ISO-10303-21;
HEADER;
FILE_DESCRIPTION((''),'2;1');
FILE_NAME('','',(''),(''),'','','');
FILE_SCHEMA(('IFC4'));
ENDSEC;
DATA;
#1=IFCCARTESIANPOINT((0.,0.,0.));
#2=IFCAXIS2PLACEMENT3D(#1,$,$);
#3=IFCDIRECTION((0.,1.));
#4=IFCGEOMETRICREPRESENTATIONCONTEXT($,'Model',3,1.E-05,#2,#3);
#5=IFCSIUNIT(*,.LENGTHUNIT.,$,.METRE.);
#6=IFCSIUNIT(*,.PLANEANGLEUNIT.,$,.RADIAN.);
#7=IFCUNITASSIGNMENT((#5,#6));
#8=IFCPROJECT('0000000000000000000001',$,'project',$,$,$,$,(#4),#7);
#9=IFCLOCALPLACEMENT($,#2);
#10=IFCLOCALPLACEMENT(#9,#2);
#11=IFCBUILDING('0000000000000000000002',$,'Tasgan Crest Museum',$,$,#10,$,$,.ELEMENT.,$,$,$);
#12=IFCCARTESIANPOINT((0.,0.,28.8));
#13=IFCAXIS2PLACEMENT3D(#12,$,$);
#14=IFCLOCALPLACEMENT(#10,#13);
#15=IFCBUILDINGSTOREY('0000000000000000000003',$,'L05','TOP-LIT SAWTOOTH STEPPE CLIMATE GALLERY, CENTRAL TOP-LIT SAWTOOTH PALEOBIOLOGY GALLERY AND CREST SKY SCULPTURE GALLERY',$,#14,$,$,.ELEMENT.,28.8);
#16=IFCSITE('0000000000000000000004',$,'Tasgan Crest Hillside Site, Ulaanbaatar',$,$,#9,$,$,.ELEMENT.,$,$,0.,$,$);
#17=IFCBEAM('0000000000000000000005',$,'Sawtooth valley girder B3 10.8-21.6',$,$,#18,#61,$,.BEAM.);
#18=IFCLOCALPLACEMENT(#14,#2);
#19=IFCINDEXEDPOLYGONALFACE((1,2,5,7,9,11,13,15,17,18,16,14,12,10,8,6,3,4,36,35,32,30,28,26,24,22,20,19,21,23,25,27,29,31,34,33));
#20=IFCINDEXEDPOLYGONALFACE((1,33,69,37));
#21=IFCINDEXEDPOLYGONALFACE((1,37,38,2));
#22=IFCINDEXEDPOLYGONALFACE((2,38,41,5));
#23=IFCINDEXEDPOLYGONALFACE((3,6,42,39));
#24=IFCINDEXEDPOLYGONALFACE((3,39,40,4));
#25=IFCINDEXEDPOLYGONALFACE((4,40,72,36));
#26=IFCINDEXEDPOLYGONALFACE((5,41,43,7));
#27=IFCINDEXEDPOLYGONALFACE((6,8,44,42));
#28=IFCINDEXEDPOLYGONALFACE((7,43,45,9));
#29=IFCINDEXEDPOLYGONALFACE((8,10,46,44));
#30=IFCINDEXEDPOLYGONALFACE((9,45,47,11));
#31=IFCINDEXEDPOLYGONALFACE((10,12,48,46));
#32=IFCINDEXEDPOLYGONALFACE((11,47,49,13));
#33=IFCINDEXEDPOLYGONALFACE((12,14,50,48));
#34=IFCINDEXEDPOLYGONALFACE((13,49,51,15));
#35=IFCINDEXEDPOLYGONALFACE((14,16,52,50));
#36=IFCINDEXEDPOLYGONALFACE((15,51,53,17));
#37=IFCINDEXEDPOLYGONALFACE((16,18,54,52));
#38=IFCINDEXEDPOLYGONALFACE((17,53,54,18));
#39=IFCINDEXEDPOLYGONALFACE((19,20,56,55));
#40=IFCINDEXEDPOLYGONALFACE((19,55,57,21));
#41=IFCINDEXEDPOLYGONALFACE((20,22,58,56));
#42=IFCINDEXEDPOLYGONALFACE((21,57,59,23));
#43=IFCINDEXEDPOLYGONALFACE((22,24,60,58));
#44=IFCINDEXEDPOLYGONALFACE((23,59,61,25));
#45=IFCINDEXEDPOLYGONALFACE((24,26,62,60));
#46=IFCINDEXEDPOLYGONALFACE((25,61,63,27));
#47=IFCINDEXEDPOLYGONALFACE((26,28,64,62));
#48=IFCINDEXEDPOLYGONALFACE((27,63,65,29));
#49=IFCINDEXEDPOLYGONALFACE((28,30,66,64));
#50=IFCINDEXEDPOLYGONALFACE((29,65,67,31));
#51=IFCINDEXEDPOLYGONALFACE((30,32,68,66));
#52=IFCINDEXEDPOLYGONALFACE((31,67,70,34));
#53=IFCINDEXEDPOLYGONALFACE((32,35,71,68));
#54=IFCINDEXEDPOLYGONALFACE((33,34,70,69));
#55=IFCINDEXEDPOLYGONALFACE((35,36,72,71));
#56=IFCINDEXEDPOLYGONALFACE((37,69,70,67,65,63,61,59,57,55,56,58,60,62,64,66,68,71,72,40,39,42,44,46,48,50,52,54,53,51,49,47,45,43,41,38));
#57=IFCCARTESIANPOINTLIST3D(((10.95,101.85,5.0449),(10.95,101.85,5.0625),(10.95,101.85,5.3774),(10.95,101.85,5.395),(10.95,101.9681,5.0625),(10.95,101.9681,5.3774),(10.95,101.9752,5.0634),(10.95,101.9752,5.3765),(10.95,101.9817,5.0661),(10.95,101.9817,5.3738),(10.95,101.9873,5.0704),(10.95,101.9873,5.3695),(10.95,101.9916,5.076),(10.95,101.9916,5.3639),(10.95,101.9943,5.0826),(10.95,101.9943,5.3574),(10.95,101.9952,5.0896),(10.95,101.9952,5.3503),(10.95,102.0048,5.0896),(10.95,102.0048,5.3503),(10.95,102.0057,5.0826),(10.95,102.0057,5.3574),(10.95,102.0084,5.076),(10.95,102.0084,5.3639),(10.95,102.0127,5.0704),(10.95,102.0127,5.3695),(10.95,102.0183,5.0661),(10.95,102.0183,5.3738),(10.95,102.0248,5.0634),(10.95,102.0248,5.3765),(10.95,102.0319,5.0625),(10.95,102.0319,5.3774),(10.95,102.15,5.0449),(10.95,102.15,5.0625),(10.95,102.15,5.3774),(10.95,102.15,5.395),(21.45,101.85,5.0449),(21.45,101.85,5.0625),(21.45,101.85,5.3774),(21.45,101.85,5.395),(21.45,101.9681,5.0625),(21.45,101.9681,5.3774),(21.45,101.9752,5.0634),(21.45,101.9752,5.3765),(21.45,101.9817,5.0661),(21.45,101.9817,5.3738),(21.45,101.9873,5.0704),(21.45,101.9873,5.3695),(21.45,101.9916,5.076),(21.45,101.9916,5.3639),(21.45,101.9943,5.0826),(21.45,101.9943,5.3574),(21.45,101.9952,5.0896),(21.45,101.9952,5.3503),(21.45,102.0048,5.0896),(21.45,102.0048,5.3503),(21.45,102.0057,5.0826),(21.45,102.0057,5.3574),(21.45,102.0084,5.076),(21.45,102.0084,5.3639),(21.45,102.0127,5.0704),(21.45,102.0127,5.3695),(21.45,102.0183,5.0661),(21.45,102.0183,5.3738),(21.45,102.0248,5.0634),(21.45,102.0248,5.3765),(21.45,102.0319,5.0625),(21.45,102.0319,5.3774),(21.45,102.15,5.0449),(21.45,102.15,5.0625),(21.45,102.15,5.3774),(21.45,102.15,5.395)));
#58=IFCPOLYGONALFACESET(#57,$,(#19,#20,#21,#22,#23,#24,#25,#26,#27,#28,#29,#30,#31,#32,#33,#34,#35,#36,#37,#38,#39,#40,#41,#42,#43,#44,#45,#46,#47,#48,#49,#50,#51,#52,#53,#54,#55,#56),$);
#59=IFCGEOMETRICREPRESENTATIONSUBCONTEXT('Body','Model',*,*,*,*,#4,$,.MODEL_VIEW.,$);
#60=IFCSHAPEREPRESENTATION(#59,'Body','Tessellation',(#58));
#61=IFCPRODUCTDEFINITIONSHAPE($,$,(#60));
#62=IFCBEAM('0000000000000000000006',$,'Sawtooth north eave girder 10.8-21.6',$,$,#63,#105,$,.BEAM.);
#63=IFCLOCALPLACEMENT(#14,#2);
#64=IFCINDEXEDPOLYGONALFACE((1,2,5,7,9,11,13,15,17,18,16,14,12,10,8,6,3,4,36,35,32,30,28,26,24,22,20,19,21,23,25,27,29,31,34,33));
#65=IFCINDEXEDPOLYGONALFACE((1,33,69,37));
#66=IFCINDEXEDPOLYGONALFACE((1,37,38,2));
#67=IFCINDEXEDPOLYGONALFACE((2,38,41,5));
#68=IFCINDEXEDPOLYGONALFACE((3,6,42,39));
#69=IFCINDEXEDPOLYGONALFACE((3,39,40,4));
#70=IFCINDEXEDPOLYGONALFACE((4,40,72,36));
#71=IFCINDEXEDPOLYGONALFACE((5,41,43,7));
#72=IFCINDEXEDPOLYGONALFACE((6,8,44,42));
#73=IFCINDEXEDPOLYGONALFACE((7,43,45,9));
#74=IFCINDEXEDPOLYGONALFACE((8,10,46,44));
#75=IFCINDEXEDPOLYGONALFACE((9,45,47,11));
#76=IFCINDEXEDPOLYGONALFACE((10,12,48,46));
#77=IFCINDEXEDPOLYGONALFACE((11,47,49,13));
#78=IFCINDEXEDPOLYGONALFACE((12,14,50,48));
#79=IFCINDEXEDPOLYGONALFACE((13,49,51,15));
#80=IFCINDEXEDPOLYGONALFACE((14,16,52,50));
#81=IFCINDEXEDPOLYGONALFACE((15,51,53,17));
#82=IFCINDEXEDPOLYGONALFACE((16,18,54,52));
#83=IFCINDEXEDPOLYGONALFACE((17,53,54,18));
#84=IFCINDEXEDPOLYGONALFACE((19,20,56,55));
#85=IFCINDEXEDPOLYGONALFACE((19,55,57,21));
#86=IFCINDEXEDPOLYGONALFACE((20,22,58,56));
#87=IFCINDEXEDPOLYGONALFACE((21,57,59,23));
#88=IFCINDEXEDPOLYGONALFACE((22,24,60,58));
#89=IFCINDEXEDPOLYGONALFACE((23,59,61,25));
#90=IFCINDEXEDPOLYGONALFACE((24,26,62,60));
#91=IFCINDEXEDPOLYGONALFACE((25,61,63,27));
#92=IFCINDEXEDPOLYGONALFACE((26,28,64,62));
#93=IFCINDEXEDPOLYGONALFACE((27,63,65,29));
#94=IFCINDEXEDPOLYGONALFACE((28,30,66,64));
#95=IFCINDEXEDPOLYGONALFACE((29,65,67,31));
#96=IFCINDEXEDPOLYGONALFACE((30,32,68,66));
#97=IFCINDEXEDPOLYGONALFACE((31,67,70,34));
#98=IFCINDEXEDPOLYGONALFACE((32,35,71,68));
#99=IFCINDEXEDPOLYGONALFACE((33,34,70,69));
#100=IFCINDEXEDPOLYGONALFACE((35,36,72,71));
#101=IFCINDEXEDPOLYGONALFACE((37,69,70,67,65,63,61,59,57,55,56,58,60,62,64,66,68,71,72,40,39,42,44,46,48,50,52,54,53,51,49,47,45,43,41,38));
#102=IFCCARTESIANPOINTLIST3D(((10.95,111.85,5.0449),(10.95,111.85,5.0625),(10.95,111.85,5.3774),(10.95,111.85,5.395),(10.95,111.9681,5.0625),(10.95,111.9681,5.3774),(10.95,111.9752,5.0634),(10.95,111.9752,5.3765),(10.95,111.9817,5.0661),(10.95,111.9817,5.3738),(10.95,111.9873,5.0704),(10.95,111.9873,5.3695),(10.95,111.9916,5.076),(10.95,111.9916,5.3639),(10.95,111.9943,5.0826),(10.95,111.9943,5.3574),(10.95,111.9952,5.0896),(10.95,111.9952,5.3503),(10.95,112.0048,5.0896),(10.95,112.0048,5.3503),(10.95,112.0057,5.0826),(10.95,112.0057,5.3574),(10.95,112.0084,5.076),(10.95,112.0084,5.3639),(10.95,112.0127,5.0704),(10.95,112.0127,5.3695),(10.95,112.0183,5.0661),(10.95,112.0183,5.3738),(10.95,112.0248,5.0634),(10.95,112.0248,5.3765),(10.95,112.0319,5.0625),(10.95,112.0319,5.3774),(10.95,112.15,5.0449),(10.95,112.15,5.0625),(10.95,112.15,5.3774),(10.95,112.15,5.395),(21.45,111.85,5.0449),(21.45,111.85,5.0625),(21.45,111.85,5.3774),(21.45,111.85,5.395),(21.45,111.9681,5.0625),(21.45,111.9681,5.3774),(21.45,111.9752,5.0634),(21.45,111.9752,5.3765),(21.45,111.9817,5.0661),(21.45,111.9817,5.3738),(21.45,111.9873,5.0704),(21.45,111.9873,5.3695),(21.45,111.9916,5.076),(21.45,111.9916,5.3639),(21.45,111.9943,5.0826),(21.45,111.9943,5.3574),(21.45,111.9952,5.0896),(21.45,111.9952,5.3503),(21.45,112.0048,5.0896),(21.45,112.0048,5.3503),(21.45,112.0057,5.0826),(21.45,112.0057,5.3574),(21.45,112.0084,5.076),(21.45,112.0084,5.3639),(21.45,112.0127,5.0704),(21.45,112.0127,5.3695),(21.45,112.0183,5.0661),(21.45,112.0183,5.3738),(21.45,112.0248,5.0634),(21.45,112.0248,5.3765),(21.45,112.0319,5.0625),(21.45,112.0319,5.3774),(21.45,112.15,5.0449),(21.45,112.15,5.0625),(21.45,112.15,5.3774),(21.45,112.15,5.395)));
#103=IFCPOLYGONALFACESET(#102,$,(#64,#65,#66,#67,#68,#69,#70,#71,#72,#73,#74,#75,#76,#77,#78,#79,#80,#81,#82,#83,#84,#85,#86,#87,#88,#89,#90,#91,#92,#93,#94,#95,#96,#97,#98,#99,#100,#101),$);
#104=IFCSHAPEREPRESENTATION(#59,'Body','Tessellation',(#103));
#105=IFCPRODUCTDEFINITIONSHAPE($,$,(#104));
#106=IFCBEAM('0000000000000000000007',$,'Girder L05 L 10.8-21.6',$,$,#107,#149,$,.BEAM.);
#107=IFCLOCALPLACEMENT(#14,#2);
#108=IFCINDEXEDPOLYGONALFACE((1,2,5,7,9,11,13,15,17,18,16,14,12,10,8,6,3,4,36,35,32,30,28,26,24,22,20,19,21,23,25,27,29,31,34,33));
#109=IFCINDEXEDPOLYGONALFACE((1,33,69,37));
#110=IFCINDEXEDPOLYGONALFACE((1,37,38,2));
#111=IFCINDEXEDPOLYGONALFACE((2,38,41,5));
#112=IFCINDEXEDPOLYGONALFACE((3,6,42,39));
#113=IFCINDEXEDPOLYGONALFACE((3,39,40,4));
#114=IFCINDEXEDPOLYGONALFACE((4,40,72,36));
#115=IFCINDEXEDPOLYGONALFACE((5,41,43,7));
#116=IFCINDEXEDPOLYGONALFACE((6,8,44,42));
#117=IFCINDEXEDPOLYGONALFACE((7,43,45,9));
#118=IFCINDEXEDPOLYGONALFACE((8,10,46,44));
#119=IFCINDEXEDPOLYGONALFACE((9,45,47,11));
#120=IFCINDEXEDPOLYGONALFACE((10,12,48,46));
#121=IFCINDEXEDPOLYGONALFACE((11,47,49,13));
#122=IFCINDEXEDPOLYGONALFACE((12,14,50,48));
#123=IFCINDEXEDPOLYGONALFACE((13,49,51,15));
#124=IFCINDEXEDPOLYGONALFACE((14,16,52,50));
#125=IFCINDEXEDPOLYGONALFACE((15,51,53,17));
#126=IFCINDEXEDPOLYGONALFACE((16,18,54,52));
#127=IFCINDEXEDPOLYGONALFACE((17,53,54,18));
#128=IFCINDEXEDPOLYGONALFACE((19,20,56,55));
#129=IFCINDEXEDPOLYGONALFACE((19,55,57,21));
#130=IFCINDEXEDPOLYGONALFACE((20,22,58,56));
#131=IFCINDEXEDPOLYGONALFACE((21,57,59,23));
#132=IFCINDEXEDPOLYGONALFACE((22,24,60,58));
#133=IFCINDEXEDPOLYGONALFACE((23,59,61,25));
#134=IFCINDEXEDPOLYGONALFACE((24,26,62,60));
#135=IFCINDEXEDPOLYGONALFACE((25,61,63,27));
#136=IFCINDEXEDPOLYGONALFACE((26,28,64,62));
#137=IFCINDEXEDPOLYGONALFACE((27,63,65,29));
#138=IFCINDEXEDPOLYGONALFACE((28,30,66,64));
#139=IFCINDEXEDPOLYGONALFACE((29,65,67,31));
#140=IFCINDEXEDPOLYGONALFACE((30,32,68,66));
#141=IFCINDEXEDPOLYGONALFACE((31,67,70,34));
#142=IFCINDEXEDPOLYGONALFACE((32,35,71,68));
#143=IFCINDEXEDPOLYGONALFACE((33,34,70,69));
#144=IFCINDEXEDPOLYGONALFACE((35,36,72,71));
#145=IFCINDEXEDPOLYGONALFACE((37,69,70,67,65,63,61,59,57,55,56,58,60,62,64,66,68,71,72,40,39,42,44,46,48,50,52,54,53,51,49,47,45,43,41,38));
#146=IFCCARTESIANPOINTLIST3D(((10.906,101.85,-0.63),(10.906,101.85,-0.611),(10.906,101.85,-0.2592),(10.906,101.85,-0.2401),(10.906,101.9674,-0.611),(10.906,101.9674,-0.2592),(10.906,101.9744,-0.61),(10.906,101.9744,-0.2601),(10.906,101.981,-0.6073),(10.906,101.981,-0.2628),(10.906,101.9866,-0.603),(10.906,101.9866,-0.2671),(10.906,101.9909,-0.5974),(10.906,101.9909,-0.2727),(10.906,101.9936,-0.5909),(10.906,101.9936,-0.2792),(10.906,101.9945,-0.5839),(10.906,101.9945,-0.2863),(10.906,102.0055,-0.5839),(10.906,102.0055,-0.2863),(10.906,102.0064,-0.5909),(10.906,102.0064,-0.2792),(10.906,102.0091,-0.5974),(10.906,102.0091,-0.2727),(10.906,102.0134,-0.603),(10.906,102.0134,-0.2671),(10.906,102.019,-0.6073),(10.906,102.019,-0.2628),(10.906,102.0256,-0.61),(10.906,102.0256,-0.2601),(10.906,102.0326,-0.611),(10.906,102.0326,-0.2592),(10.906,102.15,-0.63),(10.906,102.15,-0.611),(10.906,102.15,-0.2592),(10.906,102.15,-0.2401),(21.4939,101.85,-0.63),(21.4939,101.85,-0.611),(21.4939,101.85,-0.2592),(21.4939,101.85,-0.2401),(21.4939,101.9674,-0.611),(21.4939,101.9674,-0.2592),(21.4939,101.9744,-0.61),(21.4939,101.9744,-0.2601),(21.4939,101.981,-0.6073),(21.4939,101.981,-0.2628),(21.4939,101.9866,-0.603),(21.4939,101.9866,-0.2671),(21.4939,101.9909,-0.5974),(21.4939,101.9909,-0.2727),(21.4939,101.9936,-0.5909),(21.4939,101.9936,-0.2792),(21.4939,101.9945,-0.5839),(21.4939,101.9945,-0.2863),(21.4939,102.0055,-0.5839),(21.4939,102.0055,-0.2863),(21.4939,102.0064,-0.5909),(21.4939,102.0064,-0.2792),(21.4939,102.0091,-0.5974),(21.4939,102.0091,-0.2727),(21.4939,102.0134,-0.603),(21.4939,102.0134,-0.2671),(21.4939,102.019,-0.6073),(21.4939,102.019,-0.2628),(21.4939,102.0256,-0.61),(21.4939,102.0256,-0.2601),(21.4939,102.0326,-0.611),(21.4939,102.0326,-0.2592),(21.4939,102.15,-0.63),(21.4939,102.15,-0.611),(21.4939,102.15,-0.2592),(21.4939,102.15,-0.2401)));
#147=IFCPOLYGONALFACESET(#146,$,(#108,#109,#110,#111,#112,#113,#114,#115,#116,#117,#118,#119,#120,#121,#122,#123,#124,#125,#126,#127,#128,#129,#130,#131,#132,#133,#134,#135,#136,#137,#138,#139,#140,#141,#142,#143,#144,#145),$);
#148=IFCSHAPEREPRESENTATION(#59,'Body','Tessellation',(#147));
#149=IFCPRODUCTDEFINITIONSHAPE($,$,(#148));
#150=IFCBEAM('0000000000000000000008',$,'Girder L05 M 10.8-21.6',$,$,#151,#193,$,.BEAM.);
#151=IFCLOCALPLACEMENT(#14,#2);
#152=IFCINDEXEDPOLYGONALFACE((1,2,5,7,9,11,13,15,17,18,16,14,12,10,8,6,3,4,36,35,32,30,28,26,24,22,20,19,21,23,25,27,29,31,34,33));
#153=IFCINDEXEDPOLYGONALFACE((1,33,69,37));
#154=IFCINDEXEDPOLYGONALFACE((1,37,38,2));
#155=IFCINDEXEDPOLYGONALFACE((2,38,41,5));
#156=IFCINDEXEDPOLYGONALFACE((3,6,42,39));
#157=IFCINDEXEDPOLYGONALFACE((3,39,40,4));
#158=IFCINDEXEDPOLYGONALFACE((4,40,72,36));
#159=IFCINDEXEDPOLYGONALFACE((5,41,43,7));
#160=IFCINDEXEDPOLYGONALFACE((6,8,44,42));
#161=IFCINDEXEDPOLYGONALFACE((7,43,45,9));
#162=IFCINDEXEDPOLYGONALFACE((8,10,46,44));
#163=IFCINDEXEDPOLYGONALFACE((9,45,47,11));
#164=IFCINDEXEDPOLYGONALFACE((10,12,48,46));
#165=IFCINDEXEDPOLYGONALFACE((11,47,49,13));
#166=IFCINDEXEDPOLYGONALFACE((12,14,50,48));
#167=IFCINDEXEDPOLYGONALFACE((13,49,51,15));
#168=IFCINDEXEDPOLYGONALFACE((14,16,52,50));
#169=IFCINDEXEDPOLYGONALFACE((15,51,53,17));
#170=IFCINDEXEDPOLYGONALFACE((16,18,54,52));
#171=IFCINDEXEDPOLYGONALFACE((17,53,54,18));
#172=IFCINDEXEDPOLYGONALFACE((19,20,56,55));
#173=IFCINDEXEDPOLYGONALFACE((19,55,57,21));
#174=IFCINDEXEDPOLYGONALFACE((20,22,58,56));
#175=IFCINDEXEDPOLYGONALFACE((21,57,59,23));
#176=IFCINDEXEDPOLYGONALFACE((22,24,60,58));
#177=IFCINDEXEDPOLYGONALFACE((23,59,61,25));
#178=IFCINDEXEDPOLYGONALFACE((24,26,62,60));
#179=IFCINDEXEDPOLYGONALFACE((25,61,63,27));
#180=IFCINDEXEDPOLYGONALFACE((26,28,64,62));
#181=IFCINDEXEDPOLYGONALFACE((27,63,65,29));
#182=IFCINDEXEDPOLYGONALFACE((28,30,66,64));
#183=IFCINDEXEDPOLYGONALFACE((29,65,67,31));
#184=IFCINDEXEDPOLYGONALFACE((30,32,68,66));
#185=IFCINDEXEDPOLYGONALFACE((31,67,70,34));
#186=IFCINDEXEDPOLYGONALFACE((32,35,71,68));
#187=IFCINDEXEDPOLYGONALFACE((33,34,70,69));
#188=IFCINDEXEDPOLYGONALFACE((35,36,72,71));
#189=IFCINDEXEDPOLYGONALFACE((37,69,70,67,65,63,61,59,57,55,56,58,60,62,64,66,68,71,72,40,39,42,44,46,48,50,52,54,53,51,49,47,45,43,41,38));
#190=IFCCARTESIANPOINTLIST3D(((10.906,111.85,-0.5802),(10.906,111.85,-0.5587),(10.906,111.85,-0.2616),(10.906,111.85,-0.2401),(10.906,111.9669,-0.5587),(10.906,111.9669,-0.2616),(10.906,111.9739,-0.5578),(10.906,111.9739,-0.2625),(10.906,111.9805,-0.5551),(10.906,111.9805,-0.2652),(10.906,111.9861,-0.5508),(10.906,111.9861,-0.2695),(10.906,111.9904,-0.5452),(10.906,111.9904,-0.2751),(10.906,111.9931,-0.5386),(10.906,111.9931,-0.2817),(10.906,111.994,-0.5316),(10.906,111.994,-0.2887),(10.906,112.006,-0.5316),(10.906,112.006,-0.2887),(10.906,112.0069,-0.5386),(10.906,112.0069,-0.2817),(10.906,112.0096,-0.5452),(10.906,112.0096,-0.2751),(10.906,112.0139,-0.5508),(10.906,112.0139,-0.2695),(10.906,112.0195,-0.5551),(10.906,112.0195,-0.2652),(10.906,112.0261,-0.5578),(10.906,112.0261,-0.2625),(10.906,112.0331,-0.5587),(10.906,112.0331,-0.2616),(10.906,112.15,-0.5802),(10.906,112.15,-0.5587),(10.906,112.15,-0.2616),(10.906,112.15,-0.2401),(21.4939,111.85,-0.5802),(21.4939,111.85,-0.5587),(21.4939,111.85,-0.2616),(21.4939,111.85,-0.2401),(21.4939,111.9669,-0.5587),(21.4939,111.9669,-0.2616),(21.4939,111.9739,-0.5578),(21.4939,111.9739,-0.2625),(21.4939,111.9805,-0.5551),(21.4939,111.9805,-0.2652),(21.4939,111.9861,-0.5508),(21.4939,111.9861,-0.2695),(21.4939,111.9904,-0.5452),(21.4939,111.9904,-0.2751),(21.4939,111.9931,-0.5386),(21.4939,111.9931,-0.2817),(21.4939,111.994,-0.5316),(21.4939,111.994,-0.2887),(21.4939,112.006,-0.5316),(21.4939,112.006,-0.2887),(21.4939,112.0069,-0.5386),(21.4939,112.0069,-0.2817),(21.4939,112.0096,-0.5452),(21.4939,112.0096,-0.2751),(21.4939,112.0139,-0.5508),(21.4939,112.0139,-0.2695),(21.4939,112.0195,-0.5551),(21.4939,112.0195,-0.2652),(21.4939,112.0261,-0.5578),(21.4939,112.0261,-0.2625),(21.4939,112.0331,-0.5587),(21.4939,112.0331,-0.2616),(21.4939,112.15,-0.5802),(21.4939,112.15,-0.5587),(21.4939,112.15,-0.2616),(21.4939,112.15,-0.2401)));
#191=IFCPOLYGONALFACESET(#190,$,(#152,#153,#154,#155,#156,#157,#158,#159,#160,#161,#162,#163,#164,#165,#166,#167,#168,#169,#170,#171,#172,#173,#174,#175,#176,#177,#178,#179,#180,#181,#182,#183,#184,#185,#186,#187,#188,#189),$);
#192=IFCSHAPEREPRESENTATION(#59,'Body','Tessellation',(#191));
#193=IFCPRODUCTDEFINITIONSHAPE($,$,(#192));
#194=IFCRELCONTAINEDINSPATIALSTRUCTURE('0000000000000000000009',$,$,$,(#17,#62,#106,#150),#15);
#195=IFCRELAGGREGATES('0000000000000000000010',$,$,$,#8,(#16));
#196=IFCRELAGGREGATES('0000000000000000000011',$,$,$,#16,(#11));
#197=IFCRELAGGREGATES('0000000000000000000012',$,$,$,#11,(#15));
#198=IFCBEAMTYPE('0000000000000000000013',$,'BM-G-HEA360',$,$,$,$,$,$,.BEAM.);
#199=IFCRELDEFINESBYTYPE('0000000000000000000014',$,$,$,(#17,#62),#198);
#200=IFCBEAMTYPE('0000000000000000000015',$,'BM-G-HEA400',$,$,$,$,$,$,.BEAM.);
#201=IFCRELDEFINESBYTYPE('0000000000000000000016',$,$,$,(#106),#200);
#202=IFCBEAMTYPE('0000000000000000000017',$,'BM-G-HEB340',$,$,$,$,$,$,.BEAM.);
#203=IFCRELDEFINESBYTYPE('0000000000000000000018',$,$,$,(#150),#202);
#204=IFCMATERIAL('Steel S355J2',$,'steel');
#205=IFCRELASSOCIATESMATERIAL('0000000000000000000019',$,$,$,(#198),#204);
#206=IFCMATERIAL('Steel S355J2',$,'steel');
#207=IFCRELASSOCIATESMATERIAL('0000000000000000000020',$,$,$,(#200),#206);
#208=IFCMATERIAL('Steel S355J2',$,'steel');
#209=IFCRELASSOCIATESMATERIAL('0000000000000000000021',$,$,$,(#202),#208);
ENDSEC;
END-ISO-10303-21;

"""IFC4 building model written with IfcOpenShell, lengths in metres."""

from ifc_helpers import new_model, si_unit, direction, frame, origin, origin_2d, place, context, subcontext, project, spatial, i_section, extrude, material, material_profile, profile_set, type_object, element, save


model = new_model("IFC4")

# Units and contexts
model_context = context("Model", 3, precision=1e-05, world=origin(), true_north=direction((0.0, 1.0)))
body_context = subcontext(model_context, "Body", "Model", "MODEL_VIEW")
ifc_project = project(units=[si_unit("LENGTHUNIT", "METRE"), si_unit("PLANEANGLEUNIT", "RADIAN")], contexts=[model_context])

# Site, building, storey
site_placement = place(None, origin())
site = spatial("IfcSite", under=ifc_project, at=site_placement, Name="Tasgan Crest Hillside Site, Ulaanbaatar", CompositionType="ELEMENT", RefElevation=0.0)
building_placement = place(site_placement, origin())
building = spatial("IfcBuilding", under=site, at=building_placement, Name="Tasgan Crest Museum", CompositionType="ELEMENT")
storey_placement = place(building_placement, frame((0.0, 0.0, 28.8)))
storey = spatial("IfcBuildingStorey", under=building, at=storey_placement, Name="L05", Description="TOP-LIT SAWTOOTH STEPPE CLIMATE GALLERY, CENTRAL TOP-LIT SAWTOOTH PALEOBIOLOGY GALLERY AND CREST SKY SCULPTURE GALLERY", CompositionType="ELEMENT", Elevation=28.8)

# Beams
ifc_material_1 = material(Name="Steel S355J2", Category="steel")
ifc_material_profile_1 = material_profile(ifc_material_1, i_section(OverallWidth=0.3, OverallDepth=0.3501, WebThickness=0.0095, FlangeThickness=0.0176, FilletRadius=0.0271, at=origin_2d()), Name="HEA 360")
ifc_profile_set_1 = profile_set([ifc_material_profile_1], Name="Steel S355J2")
beam_type_1 = type_object("IfcBeamType", Name="BM-G-HEA360", PredefinedType="BEAM", material=ifc_profile_set_1)
for number, where, z_axis, x_axis, name in (
    (1, (10.95, 102.0, 5.22), (1.0, 0.0, 0.0), (0.0, 1.0, 0.0), "Sawtooth valley girder B3 10.8-21.6"),
    (2, (10.95, 112.0, 5.22), (1.0, 0.0, 0.0), (0.0, 1.0, 0.0), "Sawtooth north eave girder 10.8-21.6"),
):
    element("IfcBeam", number, at=place(storey_placement, frame(where, z_axis=z_axis, x_axis=x_axis)), inside=storey, type_object=beam_type_1, Name=name, PredefinedType="BEAM", context=body_context, shape_type="SweptSolid", body=[
        extrude(i_section(OverallWidth=0.3, OverallDepth=0.3501, WebThickness=0.0095, FlangeThickness=0.0176, FilletRadius=0.0271, at=origin_2d()), origin(), (0.0, 0.0, 1.0), 10.5),
    ])
ifc_material_2 = material(Name="Steel S355J2", Category="steel")
ifc_material_profile_2 = material_profile(ifc_material_2, i_section(OverallWidth=0.3, OverallDepth=0.3899, WebThickness=0.011, FlangeThickness=0.019, FilletRadius=0.0271, at=origin_2d()), Name="HEA 400")
ifc_profile_set_2 = profile_set([ifc_material_profile_2], Name="Steel S355J2")
beam_type_2 = type_object("IfcBeamType", Name="BM-G-HEA400", PredefinedType="BEAM", material=ifc_profile_set_2)
beam_1_placement = place(storey_placement, frame((10.906, 102.0, -0.4351), z_axis=(1.0, 0.0, 0.0), x_axis=(0.0, 1.0, 0.0)))
element("IfcBeam", 3, at=beam_1_placement, inside=storey, type_object=beam_type_2, Name="Girder L05 L 10.8-21.6", PredefinedType="BEAM", context=body_context, shape_type="SweptSolid", body=[
    extrude(i_section(OverallWidth=0.3, OverallDepth=0.3899, WebThickness=0.011, FlangeThickness=0.019, FilletRadius=0.0271, at=origin_2d()), origin(), (0.0, 0.0, 1.0), 10.5879),
])
ifc_material_3 = material(Name="Steel S355J2", Category="steel")
ifc_material_profile_3 = material_profile(ifc_material_3, i_section(OverallWidth=0.3, OverallDepth=0.3401, WebThickness=0.012, FlangeThickness=0.0215, FilletRadius=0.0271, at=origin_2d()), Name="HEB 340")
ifc_profile_set_3 = profile_set([ifc_material_profile_3], Name="Steel S355J2")
beam_type_3 = type_object("IfcBeamType", Name="BM-G-HEB340", PredefinedType="BEAM", material=ifc_profile_set_3)
beam_2_placement = place(storey_placement, frame((10.906, 112.0, -0.4102), z_axis=(1.0, 0.0, 0.0), x_axis=(0.0, 1.0, 0.0)))
element("IfcBeam", 4, at=beam_2_placement, inside=storey, type_object=beam_type_3, Name="Girder L05 M 10.8-21.6", PredefinedType="BEAM", context=body_context, shape_type="SweptSolid", body=[
    extrude(i_section(OverallWidth=0.3, OverallDepth=0.3401, WebThickness=0.012, FlangeThickness=0.0215, FilletRadius=0.0271, at=origin_2d()), origin(), (0.0, 0.0, 1.0), 10.5879),
])

save(model, "model.ifc")
